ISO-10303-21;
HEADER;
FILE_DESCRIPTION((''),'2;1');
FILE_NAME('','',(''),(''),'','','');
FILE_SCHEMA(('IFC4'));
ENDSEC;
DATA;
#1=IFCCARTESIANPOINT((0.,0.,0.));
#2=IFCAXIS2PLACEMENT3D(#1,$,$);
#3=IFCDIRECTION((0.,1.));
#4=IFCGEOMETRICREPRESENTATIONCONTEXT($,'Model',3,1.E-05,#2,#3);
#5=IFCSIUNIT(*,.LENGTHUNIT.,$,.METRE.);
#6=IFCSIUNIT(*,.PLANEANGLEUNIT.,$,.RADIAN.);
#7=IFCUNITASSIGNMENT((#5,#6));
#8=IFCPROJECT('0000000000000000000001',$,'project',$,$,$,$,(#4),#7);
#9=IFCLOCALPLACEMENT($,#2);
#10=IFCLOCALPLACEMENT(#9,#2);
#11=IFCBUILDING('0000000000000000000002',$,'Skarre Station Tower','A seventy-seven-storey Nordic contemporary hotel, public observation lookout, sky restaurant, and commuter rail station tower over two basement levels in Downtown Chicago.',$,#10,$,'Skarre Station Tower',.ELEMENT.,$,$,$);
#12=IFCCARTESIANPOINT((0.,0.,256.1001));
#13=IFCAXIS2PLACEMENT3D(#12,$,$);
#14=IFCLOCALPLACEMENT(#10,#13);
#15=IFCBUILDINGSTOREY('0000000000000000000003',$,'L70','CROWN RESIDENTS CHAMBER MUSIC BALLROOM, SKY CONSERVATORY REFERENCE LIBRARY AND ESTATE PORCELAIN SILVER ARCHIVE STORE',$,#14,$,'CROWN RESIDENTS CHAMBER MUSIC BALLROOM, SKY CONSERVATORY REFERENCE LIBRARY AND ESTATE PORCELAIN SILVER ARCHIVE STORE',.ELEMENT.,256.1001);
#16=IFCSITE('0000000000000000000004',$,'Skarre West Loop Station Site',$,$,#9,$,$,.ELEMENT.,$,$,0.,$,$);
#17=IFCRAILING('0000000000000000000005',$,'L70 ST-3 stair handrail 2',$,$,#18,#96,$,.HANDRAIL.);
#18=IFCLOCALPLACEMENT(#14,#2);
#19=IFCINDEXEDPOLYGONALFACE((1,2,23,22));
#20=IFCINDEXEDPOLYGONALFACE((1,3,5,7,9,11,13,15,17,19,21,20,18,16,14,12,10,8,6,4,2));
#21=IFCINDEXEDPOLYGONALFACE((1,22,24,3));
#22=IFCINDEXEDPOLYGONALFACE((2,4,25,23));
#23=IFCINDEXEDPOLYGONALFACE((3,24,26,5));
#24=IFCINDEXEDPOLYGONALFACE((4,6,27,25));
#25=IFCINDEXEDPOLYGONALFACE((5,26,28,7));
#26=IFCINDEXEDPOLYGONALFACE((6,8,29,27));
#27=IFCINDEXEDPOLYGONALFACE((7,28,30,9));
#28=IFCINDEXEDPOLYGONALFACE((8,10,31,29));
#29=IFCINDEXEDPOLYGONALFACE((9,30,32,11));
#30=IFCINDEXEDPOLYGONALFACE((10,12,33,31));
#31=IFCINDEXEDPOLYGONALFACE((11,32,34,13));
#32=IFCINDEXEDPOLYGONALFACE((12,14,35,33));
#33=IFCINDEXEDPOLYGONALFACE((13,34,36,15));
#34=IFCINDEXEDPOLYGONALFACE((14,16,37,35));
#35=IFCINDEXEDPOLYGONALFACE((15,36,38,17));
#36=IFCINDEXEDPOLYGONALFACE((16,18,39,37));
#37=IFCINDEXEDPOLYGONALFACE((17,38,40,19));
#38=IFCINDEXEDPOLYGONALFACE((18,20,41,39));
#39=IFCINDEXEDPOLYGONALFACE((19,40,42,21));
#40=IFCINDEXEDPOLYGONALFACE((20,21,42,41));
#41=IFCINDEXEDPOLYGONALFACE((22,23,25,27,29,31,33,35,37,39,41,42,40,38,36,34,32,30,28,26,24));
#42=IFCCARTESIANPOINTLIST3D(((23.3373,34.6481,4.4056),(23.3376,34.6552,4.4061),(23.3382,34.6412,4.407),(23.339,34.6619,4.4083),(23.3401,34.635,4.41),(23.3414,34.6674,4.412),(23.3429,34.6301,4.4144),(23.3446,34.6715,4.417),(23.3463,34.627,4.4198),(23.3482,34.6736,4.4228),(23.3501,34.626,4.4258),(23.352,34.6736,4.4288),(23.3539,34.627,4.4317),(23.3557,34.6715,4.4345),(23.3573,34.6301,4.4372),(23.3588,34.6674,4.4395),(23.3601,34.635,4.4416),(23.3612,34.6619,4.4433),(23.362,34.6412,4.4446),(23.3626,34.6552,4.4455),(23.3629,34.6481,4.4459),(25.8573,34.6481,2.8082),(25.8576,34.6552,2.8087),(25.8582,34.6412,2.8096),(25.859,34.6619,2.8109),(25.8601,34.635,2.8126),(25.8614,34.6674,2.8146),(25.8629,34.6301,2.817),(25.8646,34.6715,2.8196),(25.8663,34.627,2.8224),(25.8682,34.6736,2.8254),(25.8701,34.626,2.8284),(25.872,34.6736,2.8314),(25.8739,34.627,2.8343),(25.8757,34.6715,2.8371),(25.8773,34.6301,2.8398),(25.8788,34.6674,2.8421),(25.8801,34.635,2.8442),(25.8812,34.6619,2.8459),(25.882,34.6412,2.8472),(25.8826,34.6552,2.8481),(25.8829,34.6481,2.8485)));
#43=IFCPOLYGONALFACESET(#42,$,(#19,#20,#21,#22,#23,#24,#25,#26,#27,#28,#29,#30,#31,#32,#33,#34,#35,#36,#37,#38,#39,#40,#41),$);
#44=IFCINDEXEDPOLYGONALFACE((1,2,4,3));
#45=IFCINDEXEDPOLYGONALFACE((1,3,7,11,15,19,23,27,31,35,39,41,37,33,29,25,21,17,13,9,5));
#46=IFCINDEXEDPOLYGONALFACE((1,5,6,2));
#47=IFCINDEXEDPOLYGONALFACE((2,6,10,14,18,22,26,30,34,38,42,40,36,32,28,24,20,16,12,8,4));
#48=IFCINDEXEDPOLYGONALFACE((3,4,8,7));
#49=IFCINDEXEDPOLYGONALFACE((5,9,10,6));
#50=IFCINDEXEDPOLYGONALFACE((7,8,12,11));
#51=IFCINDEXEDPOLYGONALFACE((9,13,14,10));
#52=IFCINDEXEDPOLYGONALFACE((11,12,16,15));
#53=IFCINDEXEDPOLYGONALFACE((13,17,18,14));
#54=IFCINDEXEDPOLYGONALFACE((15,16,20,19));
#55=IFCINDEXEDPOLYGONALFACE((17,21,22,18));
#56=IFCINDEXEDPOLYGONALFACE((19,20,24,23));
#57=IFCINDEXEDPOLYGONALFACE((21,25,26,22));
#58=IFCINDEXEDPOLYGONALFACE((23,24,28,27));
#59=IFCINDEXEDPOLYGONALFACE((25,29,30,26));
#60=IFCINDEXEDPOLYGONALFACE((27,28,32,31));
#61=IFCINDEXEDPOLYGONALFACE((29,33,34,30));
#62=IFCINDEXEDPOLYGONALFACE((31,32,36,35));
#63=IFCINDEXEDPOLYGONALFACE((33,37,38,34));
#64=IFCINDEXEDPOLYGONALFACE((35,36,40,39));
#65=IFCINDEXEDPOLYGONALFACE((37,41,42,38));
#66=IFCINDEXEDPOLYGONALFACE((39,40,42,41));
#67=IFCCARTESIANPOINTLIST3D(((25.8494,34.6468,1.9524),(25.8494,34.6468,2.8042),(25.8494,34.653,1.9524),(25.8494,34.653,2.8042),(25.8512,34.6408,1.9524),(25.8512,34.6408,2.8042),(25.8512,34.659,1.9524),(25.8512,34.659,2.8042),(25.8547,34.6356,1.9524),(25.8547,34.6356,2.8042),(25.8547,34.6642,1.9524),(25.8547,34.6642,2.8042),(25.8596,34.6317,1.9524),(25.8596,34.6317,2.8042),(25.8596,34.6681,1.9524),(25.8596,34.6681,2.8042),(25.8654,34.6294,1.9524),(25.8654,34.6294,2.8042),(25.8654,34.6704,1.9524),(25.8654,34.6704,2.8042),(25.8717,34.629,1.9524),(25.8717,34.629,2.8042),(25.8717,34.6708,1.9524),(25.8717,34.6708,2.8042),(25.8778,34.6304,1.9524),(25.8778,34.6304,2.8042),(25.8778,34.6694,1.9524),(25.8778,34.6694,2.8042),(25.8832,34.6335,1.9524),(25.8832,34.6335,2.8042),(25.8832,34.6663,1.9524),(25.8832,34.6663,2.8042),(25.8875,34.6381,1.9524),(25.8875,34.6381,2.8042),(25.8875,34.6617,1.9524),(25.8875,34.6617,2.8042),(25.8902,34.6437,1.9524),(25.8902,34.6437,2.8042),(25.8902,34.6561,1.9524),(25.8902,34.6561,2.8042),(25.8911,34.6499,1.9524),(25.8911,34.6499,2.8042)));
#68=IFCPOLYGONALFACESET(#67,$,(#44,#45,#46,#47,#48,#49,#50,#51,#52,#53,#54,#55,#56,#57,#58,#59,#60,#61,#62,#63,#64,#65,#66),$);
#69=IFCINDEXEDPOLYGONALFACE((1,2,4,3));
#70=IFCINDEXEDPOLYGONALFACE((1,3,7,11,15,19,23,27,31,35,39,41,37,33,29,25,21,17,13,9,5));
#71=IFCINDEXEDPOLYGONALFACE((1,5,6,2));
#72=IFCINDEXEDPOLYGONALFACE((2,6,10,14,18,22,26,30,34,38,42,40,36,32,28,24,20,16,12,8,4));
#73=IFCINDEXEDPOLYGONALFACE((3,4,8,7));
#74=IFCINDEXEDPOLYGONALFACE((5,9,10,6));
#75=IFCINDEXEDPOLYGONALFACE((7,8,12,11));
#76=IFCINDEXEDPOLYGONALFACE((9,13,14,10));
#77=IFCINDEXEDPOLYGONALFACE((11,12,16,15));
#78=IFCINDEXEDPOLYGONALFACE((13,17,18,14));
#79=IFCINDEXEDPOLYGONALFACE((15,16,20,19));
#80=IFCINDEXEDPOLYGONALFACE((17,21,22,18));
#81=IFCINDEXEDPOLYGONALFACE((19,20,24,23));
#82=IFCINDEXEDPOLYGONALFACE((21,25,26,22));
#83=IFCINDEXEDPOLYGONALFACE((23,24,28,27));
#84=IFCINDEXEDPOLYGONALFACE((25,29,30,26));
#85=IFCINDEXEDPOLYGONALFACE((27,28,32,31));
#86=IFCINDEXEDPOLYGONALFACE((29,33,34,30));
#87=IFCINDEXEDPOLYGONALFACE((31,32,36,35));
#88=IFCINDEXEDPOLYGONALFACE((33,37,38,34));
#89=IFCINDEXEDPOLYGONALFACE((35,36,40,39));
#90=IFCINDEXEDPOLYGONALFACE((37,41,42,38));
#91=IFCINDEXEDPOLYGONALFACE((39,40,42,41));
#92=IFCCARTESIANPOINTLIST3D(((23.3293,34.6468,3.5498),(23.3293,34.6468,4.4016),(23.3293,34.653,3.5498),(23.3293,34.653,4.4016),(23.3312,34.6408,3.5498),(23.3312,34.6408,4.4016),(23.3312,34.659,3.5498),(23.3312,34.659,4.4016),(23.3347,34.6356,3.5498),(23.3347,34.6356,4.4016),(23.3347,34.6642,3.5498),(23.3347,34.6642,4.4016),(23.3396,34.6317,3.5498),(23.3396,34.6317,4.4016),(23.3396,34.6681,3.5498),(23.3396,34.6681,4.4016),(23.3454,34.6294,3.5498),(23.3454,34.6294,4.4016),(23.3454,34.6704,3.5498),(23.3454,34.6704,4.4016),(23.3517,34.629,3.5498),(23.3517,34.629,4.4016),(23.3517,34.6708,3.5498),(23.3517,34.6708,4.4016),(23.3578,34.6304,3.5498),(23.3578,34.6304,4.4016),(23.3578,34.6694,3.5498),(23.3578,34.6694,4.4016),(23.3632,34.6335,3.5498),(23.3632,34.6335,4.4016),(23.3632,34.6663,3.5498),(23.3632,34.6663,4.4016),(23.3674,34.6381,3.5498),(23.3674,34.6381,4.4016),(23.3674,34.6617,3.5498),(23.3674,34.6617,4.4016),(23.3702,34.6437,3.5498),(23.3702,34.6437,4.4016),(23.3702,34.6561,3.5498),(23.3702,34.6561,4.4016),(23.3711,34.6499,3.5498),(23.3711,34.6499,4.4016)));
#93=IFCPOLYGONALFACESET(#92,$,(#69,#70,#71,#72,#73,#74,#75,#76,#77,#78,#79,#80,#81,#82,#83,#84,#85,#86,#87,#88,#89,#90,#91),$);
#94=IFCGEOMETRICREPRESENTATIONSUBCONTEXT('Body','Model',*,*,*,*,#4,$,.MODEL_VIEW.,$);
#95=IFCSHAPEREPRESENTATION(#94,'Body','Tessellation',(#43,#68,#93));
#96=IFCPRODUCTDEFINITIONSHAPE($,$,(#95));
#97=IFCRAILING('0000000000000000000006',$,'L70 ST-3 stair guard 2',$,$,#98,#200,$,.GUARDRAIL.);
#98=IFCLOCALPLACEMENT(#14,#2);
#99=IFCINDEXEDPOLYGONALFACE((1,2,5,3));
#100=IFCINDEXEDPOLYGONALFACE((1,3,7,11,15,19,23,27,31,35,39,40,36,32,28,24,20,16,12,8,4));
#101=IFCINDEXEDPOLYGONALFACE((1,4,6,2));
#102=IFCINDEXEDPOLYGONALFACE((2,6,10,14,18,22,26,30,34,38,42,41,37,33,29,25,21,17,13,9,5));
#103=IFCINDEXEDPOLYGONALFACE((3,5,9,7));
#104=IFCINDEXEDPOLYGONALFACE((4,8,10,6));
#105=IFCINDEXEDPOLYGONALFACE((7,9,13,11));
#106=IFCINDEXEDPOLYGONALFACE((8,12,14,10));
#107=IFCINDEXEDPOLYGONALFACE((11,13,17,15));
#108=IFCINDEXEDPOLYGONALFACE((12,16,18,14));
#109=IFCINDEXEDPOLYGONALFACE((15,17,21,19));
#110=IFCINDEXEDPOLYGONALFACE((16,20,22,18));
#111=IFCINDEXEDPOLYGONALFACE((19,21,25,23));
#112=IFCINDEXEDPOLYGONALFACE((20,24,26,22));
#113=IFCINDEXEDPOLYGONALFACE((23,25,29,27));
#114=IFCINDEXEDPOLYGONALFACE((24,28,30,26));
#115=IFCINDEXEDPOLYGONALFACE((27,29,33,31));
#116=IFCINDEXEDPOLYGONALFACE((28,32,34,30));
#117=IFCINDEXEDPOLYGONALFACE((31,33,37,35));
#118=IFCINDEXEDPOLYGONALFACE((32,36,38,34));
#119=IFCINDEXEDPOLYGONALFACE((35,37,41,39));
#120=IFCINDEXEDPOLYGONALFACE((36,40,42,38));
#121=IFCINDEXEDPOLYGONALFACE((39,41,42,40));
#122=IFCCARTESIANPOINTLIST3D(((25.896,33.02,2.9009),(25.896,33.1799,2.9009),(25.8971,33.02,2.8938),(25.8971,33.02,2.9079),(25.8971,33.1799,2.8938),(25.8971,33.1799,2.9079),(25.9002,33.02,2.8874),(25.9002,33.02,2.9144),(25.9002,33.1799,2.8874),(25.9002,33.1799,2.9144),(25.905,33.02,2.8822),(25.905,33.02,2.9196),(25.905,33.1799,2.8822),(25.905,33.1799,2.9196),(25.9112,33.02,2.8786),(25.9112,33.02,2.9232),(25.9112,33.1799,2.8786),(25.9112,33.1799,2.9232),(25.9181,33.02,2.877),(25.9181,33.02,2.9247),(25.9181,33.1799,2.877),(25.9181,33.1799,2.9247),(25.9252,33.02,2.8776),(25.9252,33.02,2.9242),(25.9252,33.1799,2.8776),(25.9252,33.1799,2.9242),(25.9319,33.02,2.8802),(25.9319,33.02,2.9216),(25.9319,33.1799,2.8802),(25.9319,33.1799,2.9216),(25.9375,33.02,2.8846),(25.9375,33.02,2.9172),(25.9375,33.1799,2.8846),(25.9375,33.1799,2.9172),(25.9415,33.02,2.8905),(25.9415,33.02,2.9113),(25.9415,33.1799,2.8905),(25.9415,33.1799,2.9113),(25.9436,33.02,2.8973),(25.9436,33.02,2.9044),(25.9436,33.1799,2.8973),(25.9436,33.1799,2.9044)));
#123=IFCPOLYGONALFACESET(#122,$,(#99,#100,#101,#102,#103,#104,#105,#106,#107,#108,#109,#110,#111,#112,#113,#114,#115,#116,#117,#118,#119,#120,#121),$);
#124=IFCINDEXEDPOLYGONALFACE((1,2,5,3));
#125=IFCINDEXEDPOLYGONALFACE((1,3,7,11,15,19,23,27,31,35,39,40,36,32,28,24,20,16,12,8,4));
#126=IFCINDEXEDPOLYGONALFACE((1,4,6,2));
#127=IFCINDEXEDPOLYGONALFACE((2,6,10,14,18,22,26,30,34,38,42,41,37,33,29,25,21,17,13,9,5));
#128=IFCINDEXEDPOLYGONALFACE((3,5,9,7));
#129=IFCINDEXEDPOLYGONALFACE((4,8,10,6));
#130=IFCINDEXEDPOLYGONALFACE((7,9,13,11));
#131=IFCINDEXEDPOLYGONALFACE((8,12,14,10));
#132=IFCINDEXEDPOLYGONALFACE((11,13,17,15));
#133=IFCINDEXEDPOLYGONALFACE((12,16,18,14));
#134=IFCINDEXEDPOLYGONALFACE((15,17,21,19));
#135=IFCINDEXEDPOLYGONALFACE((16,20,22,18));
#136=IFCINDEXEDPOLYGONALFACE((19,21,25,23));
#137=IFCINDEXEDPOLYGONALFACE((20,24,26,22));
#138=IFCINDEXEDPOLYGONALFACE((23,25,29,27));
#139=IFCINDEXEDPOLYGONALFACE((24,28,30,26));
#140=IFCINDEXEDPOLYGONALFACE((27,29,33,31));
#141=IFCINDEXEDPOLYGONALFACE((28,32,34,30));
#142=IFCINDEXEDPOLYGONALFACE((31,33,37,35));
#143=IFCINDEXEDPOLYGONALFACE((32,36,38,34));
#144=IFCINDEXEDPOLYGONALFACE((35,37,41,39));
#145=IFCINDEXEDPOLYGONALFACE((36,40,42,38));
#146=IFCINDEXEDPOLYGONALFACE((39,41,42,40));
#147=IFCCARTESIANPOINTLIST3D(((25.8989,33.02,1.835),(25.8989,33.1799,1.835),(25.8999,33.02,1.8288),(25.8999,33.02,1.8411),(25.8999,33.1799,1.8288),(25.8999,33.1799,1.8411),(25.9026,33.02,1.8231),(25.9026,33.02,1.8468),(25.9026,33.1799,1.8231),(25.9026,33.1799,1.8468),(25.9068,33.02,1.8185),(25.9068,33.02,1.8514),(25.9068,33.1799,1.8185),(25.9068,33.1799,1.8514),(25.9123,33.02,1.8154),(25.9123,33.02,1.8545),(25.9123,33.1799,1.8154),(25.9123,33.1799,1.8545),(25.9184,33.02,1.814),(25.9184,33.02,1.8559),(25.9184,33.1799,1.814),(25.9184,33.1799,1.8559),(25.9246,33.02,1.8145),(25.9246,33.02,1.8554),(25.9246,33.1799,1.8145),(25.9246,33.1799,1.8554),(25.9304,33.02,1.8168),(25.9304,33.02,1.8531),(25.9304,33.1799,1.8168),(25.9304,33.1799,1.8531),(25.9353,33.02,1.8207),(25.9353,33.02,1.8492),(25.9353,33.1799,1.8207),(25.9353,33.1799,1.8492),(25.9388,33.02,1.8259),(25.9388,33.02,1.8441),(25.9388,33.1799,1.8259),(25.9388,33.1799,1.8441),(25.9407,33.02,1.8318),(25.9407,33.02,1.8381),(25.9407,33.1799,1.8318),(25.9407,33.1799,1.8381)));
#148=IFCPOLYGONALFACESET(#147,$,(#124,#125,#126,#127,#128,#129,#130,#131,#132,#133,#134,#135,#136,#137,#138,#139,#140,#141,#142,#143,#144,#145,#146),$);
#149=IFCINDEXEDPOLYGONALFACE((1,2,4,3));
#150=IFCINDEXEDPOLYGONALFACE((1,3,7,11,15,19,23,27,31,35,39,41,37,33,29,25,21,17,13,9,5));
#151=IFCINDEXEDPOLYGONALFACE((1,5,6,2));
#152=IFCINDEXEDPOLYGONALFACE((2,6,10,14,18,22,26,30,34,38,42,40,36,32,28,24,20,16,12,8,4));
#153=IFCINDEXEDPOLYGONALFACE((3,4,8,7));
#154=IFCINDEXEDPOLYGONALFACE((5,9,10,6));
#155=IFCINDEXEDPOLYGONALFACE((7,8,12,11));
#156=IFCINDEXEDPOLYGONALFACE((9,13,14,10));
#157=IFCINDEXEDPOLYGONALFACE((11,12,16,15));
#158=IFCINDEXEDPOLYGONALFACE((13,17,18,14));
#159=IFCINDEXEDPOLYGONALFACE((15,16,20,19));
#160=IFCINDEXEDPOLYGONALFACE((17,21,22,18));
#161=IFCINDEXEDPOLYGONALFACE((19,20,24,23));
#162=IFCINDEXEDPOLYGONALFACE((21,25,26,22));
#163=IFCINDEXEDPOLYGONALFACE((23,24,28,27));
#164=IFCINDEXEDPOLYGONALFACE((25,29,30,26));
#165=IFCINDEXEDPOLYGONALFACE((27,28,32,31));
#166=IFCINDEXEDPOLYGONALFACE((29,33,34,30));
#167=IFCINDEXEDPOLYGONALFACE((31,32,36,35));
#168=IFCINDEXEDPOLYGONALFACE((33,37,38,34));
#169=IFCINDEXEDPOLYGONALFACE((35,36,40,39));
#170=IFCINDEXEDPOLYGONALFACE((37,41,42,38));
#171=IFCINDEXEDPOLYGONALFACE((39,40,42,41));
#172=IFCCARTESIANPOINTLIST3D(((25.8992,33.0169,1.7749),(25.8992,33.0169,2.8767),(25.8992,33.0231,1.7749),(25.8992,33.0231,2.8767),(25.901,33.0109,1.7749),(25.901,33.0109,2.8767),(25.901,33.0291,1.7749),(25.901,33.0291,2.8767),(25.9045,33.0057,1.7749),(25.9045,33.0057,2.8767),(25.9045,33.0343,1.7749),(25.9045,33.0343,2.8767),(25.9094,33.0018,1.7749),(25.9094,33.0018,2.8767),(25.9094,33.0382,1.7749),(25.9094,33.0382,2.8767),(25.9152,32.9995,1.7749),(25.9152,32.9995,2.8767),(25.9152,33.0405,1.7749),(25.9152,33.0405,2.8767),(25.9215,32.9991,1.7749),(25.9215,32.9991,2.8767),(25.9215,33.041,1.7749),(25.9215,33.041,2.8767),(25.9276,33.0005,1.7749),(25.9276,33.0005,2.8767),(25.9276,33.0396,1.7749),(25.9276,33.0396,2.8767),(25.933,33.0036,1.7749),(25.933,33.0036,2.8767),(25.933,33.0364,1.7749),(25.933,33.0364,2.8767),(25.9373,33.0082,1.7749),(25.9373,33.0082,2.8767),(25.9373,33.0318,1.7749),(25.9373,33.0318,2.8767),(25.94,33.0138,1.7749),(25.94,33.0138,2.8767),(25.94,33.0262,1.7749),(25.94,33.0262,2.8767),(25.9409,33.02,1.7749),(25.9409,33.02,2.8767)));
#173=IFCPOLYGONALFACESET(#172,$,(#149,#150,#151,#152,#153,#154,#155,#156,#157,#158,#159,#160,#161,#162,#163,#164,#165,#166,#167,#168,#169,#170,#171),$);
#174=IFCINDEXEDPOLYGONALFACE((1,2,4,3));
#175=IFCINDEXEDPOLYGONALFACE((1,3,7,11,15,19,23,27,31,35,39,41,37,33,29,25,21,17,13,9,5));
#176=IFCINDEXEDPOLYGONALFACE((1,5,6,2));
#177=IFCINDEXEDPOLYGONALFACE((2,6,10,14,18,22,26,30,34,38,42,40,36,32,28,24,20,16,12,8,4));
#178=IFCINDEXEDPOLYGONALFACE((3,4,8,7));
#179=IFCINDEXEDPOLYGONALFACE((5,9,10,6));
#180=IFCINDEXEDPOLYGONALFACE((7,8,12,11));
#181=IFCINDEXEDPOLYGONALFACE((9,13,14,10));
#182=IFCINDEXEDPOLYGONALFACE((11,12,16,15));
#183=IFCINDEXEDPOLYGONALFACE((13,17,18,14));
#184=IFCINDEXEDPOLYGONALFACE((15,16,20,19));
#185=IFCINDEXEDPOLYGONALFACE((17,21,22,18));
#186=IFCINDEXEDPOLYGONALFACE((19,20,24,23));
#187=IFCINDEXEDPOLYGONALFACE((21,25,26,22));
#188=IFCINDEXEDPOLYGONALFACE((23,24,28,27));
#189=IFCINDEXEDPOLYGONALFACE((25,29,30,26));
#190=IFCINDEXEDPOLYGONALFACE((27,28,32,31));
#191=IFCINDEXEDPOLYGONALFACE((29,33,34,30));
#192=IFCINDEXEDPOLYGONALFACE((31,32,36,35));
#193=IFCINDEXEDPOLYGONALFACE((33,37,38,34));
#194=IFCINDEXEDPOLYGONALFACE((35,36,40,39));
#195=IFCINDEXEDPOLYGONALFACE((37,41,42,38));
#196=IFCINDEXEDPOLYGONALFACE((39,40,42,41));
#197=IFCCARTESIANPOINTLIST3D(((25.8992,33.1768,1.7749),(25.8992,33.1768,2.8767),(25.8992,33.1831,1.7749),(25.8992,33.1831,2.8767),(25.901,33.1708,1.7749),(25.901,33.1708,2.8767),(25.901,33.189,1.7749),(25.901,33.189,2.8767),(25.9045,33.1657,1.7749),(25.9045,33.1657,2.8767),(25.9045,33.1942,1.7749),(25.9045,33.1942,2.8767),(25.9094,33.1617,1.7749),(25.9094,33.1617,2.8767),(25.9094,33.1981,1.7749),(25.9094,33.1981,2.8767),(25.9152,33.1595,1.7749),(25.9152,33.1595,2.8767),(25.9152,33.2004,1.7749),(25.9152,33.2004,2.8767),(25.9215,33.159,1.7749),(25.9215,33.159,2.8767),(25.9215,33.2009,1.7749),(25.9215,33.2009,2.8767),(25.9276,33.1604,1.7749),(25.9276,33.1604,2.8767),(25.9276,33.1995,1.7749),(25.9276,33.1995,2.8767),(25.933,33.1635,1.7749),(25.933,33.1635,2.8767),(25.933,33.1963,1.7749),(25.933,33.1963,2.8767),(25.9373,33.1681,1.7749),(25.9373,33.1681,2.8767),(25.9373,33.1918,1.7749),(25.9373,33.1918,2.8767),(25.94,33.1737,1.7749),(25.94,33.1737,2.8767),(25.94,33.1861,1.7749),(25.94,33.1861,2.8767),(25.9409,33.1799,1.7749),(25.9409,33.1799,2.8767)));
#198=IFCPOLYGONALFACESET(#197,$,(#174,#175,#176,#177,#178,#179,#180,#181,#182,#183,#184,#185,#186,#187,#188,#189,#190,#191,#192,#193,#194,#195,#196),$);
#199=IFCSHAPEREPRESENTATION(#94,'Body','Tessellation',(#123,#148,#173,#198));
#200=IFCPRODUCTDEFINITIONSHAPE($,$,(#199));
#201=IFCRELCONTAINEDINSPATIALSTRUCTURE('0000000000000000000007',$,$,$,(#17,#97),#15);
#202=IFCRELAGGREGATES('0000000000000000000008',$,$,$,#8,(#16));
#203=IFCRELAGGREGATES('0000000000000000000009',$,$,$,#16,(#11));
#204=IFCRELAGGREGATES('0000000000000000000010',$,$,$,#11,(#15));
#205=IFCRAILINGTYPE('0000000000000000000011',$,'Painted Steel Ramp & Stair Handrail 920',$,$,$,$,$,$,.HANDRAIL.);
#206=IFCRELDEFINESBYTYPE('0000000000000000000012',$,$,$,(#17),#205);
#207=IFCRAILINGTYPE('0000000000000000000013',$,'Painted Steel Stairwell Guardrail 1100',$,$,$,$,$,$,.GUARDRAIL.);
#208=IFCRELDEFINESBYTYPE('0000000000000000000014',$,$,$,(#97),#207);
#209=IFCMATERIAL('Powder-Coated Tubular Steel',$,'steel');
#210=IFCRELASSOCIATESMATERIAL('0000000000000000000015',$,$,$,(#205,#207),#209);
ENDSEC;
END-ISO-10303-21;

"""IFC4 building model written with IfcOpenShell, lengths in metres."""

from ifc_helpers import new_model, si_unit, direction, frame, origin, origin_2d, place, context, subcontext, project, spatial, circle, extrude, material, type_object, element, save


model = new_model("IFC4")

# Units and contexts
model_context = context("Model", 3, precision=1e-05, world=origin(), true_north=direction((0.0, 1.0)))
body_context = subcontext(model_context, "Body", "Model", "MODEL_VIEW")
ifc_project = project(units=[si_unit("LENGTHUNIT", "METRE"), si_unit("PLANEANGLEUNIT", "RADIAN")], contexts=[model_context])

# Site, building, storey
site_placement = place(None, origin())
site = spatial("IfcSite", under=ifc_project, at=site_placement, Name="Skarre West Loop Station Site", CompositionType="ELEMENT", RefElevation=0.0)
building_placement = place(site_placement, origin())
building = spatial("IfcBuilding", under=site, at=building_placement, Name="Skarre Station Tower", Description="A seventy-seven-storey Nordic contemporary hotel, public observation lookout, sky restaurant, and commuter rail station tower over two basement levels in Downtown Chicago.", LongName="Skarre Station Tower", CompositionType="ELEMENT")
storey_placement = place(building_placement, frame((0.0, 0.0, 256.1001)))
storey = spatial("IfcBuildingStorey", under=building, at=storey_placement, Name="L70", Description="CROWN RESIDENTS CHAMBER MUSIC BALLROOM, SKY CONSERVATORY REFERENCE LIBRARY AND ESTATE PORCELAIN SILVER ARCHIVE STORE", LongName="CROWN RESIDENTS CHAMBER MUSIC BALLROOM, SKY CONSERVATORY REFERENCE LIBRARY AND ESTATE PORCELAIN SILVER ARCHIVE STORE", CompositionType="ELEMENT", Elevation=256.1001)

# Railings
ifc_material_1 = material(Name="Powder-Coated Tubular Steel", Category="steel")
railing_type_1 = type_object("IfcRailingType", Name="Painted Steel Ramp & Stair Handrail 920", PredefinedType="HANDRAIL", material=ifc_material_1)
railing_1_placement = place(storey_placement, frame((25.8701, 34.6499, 1.9524)))
element("IfcRailing", 1, at=railing_1_placement, inside=storey, type_object=railing_type_1, Name="L70 ST-3 stair handrail 2", PredefinedType="HANDRAIL", context=body_context, shape_type="SweptSolid", body=[
    extrude(circle(Radius=0.0239, at=origin_2d()), frame((0.0, 0.0, 0.876), z_axis=(-0.844607, 0.0, 0.535387), x_axis=(0.0, -1.0, 0.0)), (0.0, 0.0, 1.0), 2.9836),
    extrude(circle(Radius=0.021, at=origin_2d()), origin(), (0.0, 0.0, 1.0), 0.8518),
    extrude(circle(Radius=0.021, at=origin_2d()), frame((-2.52, 0.0, 1.5974)), (0.0, 0.0, 1.0), 0.8518),
])
railing_type_2 = type_object("IfcRailingType", Name="Painted Steel Stairwell Guardrail 1100", PredefinedType="GUARDRAIL", material=ifc_material_1)
railing_2_placement = place(storey_placement, frame((25.9199, 33.02, 1.7749)))
element("IfcRailing", 2, at=railing_2_placement, inside=storey, type_object=railing_type_2, Name="L70 ST-3 stair guard 2", PredefinedType="GUARDRAIL", context=body_context, shape_type="SweptSolid", body=[
    extrude(circle(Radius=0.0239, at=origin_2d()), frame((0.0, 0.0, 1.126), z_axis=(0.0, 1.0, 0.0), x_axis=(-1.0, 0.0, 0.0)), (0.0, 0.0, 1.0), 0.1599),
    extrude(circle(Radius=0.021, at=origin_2d()), frame((0.0, 0.0, 0.0601), z_axis=(0.0, 1.0, 0.0), x_axis=(-1.0, 0.0, 0.0)), (0.0, 0.0, 1.0), 0.1599),
    extrude(circle(Radius=0.021, at=origin_2d()), origin(), (0.0, 0.0, 1.0), 1.1018),
    extrude(circle(Radius=0.021, at=origin_2d()), frame((0.0, 0.1599, 0.0)), (0.0, 0.0, 1.0), 1.1018),
])

save(model, "model.ifc")
